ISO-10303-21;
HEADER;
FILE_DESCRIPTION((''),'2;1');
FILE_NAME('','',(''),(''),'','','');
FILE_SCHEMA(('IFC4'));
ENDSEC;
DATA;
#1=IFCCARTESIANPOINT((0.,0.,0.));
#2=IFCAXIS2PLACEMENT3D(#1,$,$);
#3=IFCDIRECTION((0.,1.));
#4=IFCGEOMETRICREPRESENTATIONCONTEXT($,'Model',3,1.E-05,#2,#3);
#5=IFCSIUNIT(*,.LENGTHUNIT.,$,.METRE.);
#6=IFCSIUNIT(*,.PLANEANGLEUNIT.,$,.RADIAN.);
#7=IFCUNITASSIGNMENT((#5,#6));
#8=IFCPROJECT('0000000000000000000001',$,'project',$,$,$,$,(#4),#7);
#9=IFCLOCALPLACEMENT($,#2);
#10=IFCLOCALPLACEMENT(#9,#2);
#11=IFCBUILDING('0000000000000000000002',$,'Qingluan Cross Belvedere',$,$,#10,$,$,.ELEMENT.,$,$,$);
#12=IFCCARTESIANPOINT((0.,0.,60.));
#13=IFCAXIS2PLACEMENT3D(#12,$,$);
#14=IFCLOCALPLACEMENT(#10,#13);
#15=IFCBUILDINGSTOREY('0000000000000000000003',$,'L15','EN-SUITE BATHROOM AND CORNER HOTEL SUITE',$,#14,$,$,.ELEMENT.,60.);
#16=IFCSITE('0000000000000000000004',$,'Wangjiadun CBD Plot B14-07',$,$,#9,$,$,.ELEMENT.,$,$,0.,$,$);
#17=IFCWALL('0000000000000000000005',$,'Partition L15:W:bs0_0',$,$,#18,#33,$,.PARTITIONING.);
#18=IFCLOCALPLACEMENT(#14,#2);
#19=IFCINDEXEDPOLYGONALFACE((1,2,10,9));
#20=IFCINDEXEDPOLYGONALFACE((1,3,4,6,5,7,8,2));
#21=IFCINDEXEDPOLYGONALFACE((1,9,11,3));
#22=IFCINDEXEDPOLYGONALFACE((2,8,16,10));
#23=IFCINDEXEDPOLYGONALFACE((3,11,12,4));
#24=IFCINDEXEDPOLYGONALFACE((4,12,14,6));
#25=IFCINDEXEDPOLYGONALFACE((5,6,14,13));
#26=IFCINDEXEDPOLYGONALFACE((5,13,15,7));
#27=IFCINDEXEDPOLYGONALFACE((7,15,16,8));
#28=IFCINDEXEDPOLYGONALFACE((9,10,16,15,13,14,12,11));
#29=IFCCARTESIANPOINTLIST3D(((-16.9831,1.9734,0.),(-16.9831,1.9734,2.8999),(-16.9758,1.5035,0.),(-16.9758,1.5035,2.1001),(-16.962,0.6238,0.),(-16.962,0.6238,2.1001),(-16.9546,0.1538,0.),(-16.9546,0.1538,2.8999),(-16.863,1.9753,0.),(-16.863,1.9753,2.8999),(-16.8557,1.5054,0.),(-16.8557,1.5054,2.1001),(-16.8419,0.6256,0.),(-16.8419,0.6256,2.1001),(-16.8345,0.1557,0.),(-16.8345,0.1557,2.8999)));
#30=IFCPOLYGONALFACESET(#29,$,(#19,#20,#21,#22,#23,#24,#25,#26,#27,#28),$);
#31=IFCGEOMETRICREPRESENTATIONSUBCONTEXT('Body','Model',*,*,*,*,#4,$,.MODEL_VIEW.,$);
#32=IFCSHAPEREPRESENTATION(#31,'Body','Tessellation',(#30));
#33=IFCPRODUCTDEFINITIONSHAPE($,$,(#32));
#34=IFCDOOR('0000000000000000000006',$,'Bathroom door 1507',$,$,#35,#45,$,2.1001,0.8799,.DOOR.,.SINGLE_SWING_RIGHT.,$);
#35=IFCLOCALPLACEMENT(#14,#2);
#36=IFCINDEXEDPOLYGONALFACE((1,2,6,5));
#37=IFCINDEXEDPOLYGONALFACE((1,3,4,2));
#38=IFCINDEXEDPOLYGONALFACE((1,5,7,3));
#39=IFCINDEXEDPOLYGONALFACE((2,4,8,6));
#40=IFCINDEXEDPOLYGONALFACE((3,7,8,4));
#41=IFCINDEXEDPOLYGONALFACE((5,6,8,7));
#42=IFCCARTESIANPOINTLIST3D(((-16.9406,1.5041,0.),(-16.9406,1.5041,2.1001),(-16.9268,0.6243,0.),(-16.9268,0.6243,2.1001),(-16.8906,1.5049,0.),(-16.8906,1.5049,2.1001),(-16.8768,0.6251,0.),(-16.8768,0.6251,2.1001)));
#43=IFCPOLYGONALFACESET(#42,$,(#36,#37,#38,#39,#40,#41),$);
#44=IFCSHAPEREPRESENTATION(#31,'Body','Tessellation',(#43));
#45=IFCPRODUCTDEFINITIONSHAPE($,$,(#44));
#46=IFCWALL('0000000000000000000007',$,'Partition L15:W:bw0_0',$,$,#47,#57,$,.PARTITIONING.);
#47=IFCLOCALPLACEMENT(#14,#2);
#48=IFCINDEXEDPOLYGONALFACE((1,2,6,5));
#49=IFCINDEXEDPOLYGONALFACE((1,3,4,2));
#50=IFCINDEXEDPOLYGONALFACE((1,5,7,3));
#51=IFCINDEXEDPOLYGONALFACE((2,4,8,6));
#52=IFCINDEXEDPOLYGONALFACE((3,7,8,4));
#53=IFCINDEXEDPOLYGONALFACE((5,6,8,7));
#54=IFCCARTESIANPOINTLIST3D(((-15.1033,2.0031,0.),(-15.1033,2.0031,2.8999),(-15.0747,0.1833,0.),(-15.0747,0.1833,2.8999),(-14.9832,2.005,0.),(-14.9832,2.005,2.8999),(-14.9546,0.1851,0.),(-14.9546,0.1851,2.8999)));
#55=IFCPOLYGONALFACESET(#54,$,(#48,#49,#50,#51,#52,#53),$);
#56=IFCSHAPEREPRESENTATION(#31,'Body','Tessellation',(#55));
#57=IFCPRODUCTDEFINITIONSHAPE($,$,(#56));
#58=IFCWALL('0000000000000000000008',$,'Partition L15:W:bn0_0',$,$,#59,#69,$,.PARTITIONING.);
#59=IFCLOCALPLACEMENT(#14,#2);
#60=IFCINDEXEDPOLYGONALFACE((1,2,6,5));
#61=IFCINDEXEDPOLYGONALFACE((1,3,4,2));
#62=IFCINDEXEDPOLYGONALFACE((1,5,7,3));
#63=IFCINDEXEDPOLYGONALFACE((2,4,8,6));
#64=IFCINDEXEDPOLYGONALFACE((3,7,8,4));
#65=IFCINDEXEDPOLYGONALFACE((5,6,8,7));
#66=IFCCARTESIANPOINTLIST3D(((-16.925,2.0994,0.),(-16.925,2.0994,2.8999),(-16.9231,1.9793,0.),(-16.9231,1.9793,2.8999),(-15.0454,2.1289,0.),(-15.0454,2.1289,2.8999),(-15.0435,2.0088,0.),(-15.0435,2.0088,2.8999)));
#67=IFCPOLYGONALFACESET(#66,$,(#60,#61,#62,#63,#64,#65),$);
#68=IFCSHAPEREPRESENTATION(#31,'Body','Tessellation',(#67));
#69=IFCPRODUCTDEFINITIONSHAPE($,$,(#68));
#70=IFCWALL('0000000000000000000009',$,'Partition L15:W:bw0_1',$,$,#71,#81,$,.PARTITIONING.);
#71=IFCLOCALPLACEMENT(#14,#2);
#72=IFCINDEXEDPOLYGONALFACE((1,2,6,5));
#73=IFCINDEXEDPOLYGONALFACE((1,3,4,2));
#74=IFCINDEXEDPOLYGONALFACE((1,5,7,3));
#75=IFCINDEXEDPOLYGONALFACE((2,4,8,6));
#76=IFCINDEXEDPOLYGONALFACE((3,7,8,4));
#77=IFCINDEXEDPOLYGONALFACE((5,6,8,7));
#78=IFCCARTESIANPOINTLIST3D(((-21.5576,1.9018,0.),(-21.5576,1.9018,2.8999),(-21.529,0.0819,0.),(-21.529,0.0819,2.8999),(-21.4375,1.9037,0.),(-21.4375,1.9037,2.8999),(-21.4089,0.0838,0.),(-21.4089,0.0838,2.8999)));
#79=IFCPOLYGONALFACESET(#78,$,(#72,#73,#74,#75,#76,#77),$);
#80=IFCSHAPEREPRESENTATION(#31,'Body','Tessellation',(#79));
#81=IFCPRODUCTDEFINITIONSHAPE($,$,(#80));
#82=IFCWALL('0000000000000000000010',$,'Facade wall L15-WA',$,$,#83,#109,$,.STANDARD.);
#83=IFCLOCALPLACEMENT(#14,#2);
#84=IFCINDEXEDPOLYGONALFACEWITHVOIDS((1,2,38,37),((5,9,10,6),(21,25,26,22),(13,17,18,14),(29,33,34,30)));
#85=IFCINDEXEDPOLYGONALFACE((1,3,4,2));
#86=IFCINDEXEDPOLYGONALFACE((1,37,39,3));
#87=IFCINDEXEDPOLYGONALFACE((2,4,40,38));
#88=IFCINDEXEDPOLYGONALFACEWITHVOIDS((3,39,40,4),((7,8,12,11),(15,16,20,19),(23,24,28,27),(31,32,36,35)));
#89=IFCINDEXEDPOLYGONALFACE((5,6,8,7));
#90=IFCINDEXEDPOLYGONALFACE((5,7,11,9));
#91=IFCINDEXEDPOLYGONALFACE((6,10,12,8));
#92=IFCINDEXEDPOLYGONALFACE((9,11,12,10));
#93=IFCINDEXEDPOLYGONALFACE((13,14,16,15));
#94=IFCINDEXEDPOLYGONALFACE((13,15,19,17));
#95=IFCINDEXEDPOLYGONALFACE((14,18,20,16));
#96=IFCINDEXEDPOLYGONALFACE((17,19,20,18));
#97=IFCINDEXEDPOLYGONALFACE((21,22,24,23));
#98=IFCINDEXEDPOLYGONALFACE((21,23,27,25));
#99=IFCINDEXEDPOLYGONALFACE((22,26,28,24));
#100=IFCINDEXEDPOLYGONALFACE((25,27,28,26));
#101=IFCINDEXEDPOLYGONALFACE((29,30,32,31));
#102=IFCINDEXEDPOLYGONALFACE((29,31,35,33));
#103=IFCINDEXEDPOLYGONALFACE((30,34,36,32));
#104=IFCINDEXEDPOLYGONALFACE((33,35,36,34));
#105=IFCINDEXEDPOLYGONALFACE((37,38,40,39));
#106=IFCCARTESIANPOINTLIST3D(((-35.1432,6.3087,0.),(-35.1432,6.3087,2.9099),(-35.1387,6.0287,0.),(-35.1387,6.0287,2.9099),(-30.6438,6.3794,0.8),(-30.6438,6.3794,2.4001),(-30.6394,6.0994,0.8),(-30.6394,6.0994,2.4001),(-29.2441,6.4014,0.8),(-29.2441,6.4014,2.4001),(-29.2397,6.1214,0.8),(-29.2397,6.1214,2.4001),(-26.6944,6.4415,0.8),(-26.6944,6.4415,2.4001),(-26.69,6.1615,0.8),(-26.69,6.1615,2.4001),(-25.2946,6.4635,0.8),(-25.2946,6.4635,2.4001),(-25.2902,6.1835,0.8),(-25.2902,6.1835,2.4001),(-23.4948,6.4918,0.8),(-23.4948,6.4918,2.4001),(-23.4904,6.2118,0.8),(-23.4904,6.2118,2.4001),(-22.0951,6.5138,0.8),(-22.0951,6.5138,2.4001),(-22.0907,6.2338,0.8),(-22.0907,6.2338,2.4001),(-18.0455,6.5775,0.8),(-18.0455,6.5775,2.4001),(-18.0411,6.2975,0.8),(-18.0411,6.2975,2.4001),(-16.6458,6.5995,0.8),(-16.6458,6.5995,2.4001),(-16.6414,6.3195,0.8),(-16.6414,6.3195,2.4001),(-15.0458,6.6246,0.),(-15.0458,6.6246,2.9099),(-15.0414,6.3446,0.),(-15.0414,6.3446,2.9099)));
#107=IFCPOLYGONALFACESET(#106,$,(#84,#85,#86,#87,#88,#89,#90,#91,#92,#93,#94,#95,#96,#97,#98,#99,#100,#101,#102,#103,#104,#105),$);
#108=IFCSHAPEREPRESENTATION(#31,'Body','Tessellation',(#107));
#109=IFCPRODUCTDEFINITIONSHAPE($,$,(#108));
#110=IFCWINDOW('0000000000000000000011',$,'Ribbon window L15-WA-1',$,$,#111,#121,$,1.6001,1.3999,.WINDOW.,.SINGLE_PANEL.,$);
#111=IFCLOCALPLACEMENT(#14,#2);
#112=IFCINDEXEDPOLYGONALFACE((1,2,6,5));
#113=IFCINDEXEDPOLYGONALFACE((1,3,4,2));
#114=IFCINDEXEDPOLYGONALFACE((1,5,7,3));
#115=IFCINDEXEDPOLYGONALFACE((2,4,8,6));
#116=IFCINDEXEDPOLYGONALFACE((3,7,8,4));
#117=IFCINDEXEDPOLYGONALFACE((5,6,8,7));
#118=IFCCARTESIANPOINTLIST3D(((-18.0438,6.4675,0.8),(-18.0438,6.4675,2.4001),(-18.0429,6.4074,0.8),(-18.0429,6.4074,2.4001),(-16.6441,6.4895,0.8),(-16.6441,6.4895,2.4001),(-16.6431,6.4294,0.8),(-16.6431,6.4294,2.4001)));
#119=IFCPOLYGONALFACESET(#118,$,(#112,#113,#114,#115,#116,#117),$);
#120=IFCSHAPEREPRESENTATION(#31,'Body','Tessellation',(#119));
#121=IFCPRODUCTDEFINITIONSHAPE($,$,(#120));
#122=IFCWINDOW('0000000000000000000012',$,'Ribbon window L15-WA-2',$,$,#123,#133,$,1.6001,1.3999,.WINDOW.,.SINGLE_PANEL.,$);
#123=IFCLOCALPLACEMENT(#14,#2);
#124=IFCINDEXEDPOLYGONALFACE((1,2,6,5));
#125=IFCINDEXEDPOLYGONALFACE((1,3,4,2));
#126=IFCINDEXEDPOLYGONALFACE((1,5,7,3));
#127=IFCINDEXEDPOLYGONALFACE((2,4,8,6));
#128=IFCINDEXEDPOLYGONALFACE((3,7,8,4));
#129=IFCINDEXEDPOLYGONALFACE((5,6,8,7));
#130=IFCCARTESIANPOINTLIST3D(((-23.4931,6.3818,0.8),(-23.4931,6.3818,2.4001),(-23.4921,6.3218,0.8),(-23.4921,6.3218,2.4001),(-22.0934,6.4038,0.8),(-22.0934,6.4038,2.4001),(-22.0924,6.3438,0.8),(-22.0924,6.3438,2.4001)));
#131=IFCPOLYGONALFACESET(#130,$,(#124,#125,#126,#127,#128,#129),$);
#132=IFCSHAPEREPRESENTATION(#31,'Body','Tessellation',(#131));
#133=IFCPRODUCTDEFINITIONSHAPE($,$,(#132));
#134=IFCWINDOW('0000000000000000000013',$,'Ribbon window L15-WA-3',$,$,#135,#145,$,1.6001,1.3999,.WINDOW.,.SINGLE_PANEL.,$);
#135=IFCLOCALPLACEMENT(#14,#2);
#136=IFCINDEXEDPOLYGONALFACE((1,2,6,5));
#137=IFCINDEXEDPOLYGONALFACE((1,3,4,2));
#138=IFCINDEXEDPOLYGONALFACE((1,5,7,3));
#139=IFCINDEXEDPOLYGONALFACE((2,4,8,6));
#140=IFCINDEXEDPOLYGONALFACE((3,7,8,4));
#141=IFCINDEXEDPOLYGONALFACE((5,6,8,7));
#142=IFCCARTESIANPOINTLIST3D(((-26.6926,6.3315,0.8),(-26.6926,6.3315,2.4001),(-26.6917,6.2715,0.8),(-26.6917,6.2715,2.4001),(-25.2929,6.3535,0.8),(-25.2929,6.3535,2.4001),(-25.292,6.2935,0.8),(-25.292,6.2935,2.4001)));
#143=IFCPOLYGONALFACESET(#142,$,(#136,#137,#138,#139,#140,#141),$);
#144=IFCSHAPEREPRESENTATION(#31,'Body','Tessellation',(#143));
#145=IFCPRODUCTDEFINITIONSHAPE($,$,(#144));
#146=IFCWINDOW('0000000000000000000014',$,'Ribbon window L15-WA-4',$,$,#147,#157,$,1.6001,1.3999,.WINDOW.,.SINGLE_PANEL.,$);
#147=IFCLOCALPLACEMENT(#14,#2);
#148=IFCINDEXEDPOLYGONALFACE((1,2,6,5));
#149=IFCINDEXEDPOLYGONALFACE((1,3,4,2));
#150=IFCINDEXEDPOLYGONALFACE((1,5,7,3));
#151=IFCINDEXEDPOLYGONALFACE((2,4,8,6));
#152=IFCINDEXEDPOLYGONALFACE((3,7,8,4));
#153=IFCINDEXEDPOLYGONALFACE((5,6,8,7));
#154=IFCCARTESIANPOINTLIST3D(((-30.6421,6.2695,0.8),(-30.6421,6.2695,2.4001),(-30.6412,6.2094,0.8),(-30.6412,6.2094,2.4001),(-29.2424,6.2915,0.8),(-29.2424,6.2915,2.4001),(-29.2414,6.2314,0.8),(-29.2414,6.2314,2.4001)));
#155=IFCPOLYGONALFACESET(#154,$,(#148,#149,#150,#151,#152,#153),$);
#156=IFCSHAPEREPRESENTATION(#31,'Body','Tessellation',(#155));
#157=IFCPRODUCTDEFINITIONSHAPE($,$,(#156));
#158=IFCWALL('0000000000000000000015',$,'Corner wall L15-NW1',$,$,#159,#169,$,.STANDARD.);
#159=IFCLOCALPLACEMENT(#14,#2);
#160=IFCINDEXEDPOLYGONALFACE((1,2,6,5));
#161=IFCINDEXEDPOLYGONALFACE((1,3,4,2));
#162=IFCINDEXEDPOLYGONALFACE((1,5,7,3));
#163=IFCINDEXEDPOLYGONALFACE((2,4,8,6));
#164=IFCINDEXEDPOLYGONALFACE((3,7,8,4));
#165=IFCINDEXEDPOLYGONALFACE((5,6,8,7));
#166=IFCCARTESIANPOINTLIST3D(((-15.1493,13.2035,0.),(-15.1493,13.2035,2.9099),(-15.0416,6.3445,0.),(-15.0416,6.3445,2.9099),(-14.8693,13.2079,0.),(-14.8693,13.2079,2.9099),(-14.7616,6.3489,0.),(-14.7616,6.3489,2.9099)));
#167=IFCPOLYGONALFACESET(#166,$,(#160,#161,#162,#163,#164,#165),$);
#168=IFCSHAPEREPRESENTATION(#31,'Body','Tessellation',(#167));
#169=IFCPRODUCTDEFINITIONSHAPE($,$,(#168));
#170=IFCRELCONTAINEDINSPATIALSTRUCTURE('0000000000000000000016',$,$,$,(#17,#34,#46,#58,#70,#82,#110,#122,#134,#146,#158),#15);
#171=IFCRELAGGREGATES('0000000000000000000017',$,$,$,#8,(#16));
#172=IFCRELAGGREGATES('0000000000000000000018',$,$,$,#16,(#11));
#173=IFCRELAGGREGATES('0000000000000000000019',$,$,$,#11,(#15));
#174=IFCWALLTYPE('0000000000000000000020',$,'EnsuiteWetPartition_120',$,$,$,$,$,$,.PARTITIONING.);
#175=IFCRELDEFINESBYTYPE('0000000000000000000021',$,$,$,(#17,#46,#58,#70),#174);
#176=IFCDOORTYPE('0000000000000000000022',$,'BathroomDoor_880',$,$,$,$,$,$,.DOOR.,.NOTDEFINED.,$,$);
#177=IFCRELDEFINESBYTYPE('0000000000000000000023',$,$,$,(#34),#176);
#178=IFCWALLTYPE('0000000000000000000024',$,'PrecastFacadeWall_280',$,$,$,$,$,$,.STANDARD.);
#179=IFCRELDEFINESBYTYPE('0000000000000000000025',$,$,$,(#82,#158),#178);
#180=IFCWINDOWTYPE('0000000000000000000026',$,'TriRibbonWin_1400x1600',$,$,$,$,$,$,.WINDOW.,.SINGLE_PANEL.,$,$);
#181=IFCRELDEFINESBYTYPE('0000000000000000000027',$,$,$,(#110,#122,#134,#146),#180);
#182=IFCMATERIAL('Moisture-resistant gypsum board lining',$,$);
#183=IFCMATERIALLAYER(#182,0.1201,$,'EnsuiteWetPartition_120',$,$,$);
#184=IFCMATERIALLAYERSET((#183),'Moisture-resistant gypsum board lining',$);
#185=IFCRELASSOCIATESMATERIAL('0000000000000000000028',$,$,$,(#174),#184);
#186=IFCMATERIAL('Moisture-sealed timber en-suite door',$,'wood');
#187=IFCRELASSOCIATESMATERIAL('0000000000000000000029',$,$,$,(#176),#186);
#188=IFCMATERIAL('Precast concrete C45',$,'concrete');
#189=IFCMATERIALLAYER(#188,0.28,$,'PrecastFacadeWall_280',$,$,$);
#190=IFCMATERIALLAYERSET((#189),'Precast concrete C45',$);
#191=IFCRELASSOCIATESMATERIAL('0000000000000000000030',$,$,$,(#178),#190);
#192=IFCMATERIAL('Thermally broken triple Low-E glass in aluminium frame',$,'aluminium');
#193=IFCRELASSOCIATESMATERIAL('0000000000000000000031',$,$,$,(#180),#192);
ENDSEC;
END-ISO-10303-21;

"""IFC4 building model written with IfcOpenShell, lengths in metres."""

from ifc_helpers import new_model, si_unit, direction, frame, frame_2d, origin, place, context, subcontext, project, spatial, rectangle, extrude, material, layer, layer_set, type_object, element, fill, save


model = new_model("IFC4")

# Units and contexts
model_context = context("Model", 3, precision=1e-05, world=origin(), true_north=direction((0.0, 1.0)))
body_context = subcontext(model_context, "Body", "Model", "MODEL_VIEW")
ifc_project = project(units=[si_unit("LENGTHUNIT", "METRE"), si_unit("PLANEANGLEUNIT", "RADIAN")], contexts=[model_context])

# Site, building, storey
site_placement = place(None, origin())
site = spatial("IfcSite", under=ifc_project, at=site_placement, Name="Wangjiadun CBD Plot B14-07", CompositionType="ELEMENT", RefElevation=0.0)
building_placement = place(site_placement, origin())
building = spatial("IfcBuilding", under=site, at=building_placement, Name="Qingluan Cross Belvedere", CompositionType="ELEMENT")
storey_placement = place(building_placement, frame((0.0, 0.0, 60.0)))
storey = spatial("IfcBuildingStorey", under=building, at=storey_placement, Name="L15", Description="EN-SUITE BATHROOM AND CORNER HOTEL SUITE", CompositionType="ELEMENT", Elevation=60.0)

# Wall, opening, door
ifc_material_1 = material(Name="Moisture-resistant gypsum board lining")
ifc_layer_1 = layer(ifc_material_1, 0.1201, Name="EnsuiteWetPartition_120")
ifc_layer_set_1 = layer_set([ifc_layer_1], Name="Moisture-resistant gypsum board lining")
wall_type_1 = type_object("IfcWallType", Name="EnsuiteWetPartition_120", PredefinedType="PARTITIONING", material=ifc_layer_set_1)
wall_1_placement = place(storey_placement, frame((-16.8945, 0.1548, 0.0), z_axis=(0.0, 0.0, 1.0), x_axis=(-0.015696, 0.999877, 0.0)))
wall_1 = element("IfcWall", 1, at=wall_1_placement, inside=storey, type_object=wall_type_1, Name="Partition L15:W:bs0_0", PredefinedType="PARTITIONING", context=body_context, shape_type="SweptSolid", body=[
    extrude(rectangle(XDim=1.8198, YDim=0.1201, at=frame_2d((0.9099, 0.0))), origin(), (0.0, 0.0, 1.0), 2.8999),
])
opening_1_placement = place(wall_1_placement, frame((0.47, 0.0, 0.0)))
opening_1 = element("IfcOpeningElement", 2, at=opening_1_placement, cuts=wall_1, PredefinedType="OPENING", context=body_context, shape_type="SweptSolid", body=[
    extrude(rectangle(XDim=0.8799, YDim=2.1001, at=frame_2d((0.4399, 1.05))), frame((0.0, 0.0701, 0.0), z_axis=(0.0, -1.0, 0.0), x_axis=(1.0, 0.0, 0.0)), (0.0, 0.0, 1.0), 0.1401),
])
ifc_material_2 = material(Name="Moisture-sealed timber en-suite door", Category="wood")
door_type_1 = type_object("IfcDoorType", Name="BathroomDoor_880", OperationType="NOTDEFINED", PredefinedType="DOOR", material=ifc_material_2)
door_1_placement = place(opening_1_placement, origin())
door_1 = element("IfcDoor", 3, at=door_1_placement, inside=storey, type_object=door_type_1, Name="Bathroom door 1507", OperationType="SINGLE_SWING_RIGHT", OverallHeight=2.1001, OverallWidth=0.8799, PredefinedType="DOOR", context=body_context, shape_type="SweptSolid", body=[
    extrude(rectangle(XDim=0.8799, YDim=2.1001, at=frame_2d((0.4399, 1.05))), frame((0.0, 0.0249, 0.0), z_axis=(0.0, -1.0, 0.0), x_axis=(1.0, 0.0, 0.0)), (0.0, 0.0, 1.0), 0.05),
])
fill(opening_1, door_1)

# Walls
wall_2_placement = place(storey_placement, frame((-15.0146, 0.1841, 0.0), z_axis=(0.0, 0.0, 1.0), x_axis=(-0.015694, 0.999877, 0.0)))
element("IfcWall", 4, at=wall_2_placement, inside=storey, type_object=wall_type_1, Name="Partition L15:W:bw0_0", PredefinedType="PARTITIONING", context=body_context, shape_type="SweptSolid", body=[
    extrude(rectangle(XDim=1.8201, YDim=0.1201, at=frame_2d((0.9102, 0.0))), origin(), (0.0, 0.0, 1.0), 2.8999),
])
wall_3_placement = place(storey_placement, frame((-15.0444, 2.0688, 0.0), z_axis=(0.0, 0.0, 1.0), x_axis=(-0.999877, -0.015714, 0.0)))
element("IfcWall", 5, at=wall_3_placement, inside=storey, type_object=wall_type_1, Name="Partition L15:W:bn0_0", PredefinedType="PARTITIONING", context=body_context, shape_type="SweptSolid", body=[
    extrude(rectangle(XDim=1.8799, YDim=0.1201, at=frame_2d((0.9399, 0.0))), origin(), (0.0, 0.0, 1.0), 2.8999),
])
wall_4_placement = place(storey_placement, frame((-21.469, 0.0828, 0.0), z_axis=(0.0, 0.0, 1.0), x_axis=(-0.015694, 0.999877, 0.0)))
element("IfcWall", 6, at=wall_4_placement, inside=storey, type_object=wall_type_1, Name="Partition L15:W:bw0_1", PredefinedType="PARTITIONING", context=body_context, shape_type="SweptSolid", body=[
    extrude(rectangle(XDim=1.8201, YDim=0.1201, at=frame_2d((0.9102, 0.0))), origin(), (0.0, 0.0, 1.0), 2.8999),
])

# Wall, openings, windows
ifc_material_3 = material(Name="Precast concrete C45", Category="concrete")
ifc_layer_2 = layer(ifc_material_3, 0.28, Name="PrecastFacadeWall_280")
ifc_layer_set_2 = layer_set([ifc_layer_2], Name="Precast concrete C45")
wall_type_2 = type_object("IfcWallType", Name="PrecastFacadeWall_280", PredefinedType="STANDARD", material=ifc_layer_set_2)
wall_5_placement = place(storey_placement, frame((-15.0437, 6.4846, 0.0), z_axis=(0.0, 0.0, 1.0), x_axis=(-0.999876, -0.015717, 0.0)))
wall_5 = element("IfcWall", 7, at=wall_5_placement, inside=storey, type_object=wall_type_2, Name="Facade wall L15-WA", PredefinedType="STANDARD", context=body_context, shape_type="SweptSolid", body=[
    extrude(rectangle(XDim=20.0999, YDim=0.28, at=frame_2d((10.0498, 0.0))), origin(), (0.0, 0.0, 1.0), 2.9099),
])
opening_2_placement = place(wall_5_placement, frame((1.6001, 0.0, 0.8)))
opening_2 = element("IfcOpeningElement", 8, at=opening_2_placement, cuts=wall_5, PredefinedType="OPENING", context=body_context, shape_type="SweptSolid", body=[
    extrude(rectangle(XDim=1.3999, YDim=1.6001, at=frame_2d((0.7, 0.8))), frame((0.0, 0.1499, 0.0), z_axis=(0.0, -1.0, 0.0), x_axis=(1.0, 0.0, 0.0)), (0.0, 0.0, 1.0), 0.3),
])
opening_3_placement = place(wall_5_placement, frame((7.05, 0.0, 0.8)))
opening_3 = element("IfcOpeningElement", 9, at=opening_3_placement, cuts=wall_5, PredefinedType="OPENING", context=body_context, shape_type="SweptSolid", body=[
    extrude(rectangle(XDim=1.3999, YDim=1.6001, at=frame_2d((0.7, 0.8))), frame((0.0, 0.1499, 0.0), z_axis=(0.0, -1.0, 0.0), x_axis=(1.0, 0.0, 0.0)), (0.0, 0.0, 1.0), 0.3),
])
opening_4_placement = place(wall_5_placement, frame((10.25, 0.0, 0.8)))
opening_4 = element("IfcOpeningElement", 10, at=opening_4_placement, cuts=wall_5, PredefinedType="OPENING", context=body_context, shape_type="SweptSolid", body=[
    extrude(rectangle(XDim=1.3999, YDim=1.6001, at=frame_2d((0.7, 0.8))), frame((0.0, 0.1499, 0.0), z_axis=(0.0, -1.0, 0.0), x_axis=(1.0, 0.0, 0.0)), (0.0, 0.0, 1.0), 0.3),
])
opening_5_placement = place(wall_5_placement, frame((14.2, 0.0, 0.8)))
opening_5 = element("IfcOpeningElement", 11, at=opening_5_placement, cuts=wall_5, PredefinedType="OPENING", context=body_context, shape_type="SweptSolid", body=[
    extrude(rectangle(XDim=1.3999, YDim=1.6001, at=frame_2d((0.7, 0.8))), frame((0.0, 0.1499, 0.0), z_axis=(0.0, -1.0, 0.0), x_axis=(1.0, 0.0, 0.0)), (0.0, 0.0, 1.0), 0.3),
])
ifc_material_4 = material(Name="Thermally broken triple Low-E glass in aluminium frame", Category="aluminium")
window_type = type_object("IfcWindowType", Name="TriRibbonWin_1400x1600", PartitioningType="SINGLE_PANEL", PredefinedType="WINDOW", material=ifc_material_4)
window_1_placement = place(opening_2_placement, origin())
window_1 = element("IfcWindow", 12, at=window_1_placement, inside=storey, type_object=window_type, Name="Ribbon window L15-WA-1", OverallHeight=1.6001, OverallWidth=1.3999, PartitioningType="SINGLE_PANEL", PredefinedType="WINDOW", context=body_context, shape_type="SweptSolid", body=[
    extrude(rectangle(XDim=1.3999, YDim=1.6001, at=frame_2d((0.7, 0.8))), frame((0.0, 0.03, 0.0), z_axis=(0.0, -1.0, 0.0), x_axis=(1.0, 0.0, 0.0)), (0.0, 0.0, 1.0), 0.0601),
])
fill(opening_2, window_1)
window_2_placement = place(opening_3_placement, origin())
window_2 = element("IfcWindow", 13, at=window_2_placement, inside=storey, type_object=window_type, Name="Ribbon window L15-WA-2", OverallHeight=1.6001, OverallWidth=1.3999, PartitioningType="SINGLE_PANEL", PredefinedType="WINDOW", context=body_context, shape_type="SweptSolid", body=[
    extrude(rectangle(XDim=1.3999, YDim=1.6001, at=frame_2d((0.7, 0.8))), frame((0.0, 0.03, 0.0), z_axis=(0.0, -1.0, 0.0), x_axis=(1.0, 0.0, 0.0)), (0.0, 0.0, 1.0), 0.0601),
])
fill(opening_3, window_2)
window_3_placement = place(opening_4_placement, origin())
window_3 = element("IfcWindow", 14, at=window_3_placement, inside=storey, type_object=window_type, Name="Ribbon window L15-WA-3", OverallHeight=1.6001, OverallWidth=1.3999, PartitioningType="SINGLE_PANEL", PredefinedType="WINDOW", context=body_context, shape_type="SweptSolid", body=[
    extrude(rectangle(XDim=1.3999, YDim=1.6001, at=frame_2d((0.7, 0.8))), frame((0.0, 0.03, 0.0), z_axis=(0.0, -1.0, 0.0), x_axis=(1.0, 0.0, 0.0)), (0.0, 0.0, 1.0), 0.0601),
])
fill(opening_4, window_3)
window_4_placement = place(opening_5_placement, origin())
window_4 = element("IfcWindow", 15, at=window_4_placement, inside=storey, type_object=window_type, Name="Ribbon window L15-WA-4", OverallHeight=1.6001, OverallWidth=1.3999, PartitioningType="SINGLE_PANEL", PredefinedType="WINDOW", context=body_context, shape_type="SweptSolid", body=[
    extrude(rectangle(XDim=1.3999, YDim=1.6001, at=frame_2d((0.7, 0.8))), frame((0.0, 0.03, 0.0), z_axis=(0.0, -1.0, 0.0), x_axis=(1.0, 0.0, 0.0)), (0.0, 0.0, 1.0), 0.0601),
])
fill(opening_5, window_4)

# Wall
wall_6_placement = place(storey_placement, frame((-14.9016, 6.3467, 0.0), z_axis=(0.0, 0.0, 1.0), x_axis=(-0.015695, 0.999877, 0.0)))
element("IfcWall", 16, at=wall_6_placement, inside=storey, type_object=wall_type_2, Name="Corner wall L15-NW1", PredefinedType="STANDARD", context=body_context, shape_type="SweptSolid", body=[
    extrude(rectangle(XDim=6.8599, YDim=0.28, at=frame_2d((3.4299, 0.0))), origin(), (0.0, 0.0, 1.0), 2.9099),
])

save(model, "model.ifc")
